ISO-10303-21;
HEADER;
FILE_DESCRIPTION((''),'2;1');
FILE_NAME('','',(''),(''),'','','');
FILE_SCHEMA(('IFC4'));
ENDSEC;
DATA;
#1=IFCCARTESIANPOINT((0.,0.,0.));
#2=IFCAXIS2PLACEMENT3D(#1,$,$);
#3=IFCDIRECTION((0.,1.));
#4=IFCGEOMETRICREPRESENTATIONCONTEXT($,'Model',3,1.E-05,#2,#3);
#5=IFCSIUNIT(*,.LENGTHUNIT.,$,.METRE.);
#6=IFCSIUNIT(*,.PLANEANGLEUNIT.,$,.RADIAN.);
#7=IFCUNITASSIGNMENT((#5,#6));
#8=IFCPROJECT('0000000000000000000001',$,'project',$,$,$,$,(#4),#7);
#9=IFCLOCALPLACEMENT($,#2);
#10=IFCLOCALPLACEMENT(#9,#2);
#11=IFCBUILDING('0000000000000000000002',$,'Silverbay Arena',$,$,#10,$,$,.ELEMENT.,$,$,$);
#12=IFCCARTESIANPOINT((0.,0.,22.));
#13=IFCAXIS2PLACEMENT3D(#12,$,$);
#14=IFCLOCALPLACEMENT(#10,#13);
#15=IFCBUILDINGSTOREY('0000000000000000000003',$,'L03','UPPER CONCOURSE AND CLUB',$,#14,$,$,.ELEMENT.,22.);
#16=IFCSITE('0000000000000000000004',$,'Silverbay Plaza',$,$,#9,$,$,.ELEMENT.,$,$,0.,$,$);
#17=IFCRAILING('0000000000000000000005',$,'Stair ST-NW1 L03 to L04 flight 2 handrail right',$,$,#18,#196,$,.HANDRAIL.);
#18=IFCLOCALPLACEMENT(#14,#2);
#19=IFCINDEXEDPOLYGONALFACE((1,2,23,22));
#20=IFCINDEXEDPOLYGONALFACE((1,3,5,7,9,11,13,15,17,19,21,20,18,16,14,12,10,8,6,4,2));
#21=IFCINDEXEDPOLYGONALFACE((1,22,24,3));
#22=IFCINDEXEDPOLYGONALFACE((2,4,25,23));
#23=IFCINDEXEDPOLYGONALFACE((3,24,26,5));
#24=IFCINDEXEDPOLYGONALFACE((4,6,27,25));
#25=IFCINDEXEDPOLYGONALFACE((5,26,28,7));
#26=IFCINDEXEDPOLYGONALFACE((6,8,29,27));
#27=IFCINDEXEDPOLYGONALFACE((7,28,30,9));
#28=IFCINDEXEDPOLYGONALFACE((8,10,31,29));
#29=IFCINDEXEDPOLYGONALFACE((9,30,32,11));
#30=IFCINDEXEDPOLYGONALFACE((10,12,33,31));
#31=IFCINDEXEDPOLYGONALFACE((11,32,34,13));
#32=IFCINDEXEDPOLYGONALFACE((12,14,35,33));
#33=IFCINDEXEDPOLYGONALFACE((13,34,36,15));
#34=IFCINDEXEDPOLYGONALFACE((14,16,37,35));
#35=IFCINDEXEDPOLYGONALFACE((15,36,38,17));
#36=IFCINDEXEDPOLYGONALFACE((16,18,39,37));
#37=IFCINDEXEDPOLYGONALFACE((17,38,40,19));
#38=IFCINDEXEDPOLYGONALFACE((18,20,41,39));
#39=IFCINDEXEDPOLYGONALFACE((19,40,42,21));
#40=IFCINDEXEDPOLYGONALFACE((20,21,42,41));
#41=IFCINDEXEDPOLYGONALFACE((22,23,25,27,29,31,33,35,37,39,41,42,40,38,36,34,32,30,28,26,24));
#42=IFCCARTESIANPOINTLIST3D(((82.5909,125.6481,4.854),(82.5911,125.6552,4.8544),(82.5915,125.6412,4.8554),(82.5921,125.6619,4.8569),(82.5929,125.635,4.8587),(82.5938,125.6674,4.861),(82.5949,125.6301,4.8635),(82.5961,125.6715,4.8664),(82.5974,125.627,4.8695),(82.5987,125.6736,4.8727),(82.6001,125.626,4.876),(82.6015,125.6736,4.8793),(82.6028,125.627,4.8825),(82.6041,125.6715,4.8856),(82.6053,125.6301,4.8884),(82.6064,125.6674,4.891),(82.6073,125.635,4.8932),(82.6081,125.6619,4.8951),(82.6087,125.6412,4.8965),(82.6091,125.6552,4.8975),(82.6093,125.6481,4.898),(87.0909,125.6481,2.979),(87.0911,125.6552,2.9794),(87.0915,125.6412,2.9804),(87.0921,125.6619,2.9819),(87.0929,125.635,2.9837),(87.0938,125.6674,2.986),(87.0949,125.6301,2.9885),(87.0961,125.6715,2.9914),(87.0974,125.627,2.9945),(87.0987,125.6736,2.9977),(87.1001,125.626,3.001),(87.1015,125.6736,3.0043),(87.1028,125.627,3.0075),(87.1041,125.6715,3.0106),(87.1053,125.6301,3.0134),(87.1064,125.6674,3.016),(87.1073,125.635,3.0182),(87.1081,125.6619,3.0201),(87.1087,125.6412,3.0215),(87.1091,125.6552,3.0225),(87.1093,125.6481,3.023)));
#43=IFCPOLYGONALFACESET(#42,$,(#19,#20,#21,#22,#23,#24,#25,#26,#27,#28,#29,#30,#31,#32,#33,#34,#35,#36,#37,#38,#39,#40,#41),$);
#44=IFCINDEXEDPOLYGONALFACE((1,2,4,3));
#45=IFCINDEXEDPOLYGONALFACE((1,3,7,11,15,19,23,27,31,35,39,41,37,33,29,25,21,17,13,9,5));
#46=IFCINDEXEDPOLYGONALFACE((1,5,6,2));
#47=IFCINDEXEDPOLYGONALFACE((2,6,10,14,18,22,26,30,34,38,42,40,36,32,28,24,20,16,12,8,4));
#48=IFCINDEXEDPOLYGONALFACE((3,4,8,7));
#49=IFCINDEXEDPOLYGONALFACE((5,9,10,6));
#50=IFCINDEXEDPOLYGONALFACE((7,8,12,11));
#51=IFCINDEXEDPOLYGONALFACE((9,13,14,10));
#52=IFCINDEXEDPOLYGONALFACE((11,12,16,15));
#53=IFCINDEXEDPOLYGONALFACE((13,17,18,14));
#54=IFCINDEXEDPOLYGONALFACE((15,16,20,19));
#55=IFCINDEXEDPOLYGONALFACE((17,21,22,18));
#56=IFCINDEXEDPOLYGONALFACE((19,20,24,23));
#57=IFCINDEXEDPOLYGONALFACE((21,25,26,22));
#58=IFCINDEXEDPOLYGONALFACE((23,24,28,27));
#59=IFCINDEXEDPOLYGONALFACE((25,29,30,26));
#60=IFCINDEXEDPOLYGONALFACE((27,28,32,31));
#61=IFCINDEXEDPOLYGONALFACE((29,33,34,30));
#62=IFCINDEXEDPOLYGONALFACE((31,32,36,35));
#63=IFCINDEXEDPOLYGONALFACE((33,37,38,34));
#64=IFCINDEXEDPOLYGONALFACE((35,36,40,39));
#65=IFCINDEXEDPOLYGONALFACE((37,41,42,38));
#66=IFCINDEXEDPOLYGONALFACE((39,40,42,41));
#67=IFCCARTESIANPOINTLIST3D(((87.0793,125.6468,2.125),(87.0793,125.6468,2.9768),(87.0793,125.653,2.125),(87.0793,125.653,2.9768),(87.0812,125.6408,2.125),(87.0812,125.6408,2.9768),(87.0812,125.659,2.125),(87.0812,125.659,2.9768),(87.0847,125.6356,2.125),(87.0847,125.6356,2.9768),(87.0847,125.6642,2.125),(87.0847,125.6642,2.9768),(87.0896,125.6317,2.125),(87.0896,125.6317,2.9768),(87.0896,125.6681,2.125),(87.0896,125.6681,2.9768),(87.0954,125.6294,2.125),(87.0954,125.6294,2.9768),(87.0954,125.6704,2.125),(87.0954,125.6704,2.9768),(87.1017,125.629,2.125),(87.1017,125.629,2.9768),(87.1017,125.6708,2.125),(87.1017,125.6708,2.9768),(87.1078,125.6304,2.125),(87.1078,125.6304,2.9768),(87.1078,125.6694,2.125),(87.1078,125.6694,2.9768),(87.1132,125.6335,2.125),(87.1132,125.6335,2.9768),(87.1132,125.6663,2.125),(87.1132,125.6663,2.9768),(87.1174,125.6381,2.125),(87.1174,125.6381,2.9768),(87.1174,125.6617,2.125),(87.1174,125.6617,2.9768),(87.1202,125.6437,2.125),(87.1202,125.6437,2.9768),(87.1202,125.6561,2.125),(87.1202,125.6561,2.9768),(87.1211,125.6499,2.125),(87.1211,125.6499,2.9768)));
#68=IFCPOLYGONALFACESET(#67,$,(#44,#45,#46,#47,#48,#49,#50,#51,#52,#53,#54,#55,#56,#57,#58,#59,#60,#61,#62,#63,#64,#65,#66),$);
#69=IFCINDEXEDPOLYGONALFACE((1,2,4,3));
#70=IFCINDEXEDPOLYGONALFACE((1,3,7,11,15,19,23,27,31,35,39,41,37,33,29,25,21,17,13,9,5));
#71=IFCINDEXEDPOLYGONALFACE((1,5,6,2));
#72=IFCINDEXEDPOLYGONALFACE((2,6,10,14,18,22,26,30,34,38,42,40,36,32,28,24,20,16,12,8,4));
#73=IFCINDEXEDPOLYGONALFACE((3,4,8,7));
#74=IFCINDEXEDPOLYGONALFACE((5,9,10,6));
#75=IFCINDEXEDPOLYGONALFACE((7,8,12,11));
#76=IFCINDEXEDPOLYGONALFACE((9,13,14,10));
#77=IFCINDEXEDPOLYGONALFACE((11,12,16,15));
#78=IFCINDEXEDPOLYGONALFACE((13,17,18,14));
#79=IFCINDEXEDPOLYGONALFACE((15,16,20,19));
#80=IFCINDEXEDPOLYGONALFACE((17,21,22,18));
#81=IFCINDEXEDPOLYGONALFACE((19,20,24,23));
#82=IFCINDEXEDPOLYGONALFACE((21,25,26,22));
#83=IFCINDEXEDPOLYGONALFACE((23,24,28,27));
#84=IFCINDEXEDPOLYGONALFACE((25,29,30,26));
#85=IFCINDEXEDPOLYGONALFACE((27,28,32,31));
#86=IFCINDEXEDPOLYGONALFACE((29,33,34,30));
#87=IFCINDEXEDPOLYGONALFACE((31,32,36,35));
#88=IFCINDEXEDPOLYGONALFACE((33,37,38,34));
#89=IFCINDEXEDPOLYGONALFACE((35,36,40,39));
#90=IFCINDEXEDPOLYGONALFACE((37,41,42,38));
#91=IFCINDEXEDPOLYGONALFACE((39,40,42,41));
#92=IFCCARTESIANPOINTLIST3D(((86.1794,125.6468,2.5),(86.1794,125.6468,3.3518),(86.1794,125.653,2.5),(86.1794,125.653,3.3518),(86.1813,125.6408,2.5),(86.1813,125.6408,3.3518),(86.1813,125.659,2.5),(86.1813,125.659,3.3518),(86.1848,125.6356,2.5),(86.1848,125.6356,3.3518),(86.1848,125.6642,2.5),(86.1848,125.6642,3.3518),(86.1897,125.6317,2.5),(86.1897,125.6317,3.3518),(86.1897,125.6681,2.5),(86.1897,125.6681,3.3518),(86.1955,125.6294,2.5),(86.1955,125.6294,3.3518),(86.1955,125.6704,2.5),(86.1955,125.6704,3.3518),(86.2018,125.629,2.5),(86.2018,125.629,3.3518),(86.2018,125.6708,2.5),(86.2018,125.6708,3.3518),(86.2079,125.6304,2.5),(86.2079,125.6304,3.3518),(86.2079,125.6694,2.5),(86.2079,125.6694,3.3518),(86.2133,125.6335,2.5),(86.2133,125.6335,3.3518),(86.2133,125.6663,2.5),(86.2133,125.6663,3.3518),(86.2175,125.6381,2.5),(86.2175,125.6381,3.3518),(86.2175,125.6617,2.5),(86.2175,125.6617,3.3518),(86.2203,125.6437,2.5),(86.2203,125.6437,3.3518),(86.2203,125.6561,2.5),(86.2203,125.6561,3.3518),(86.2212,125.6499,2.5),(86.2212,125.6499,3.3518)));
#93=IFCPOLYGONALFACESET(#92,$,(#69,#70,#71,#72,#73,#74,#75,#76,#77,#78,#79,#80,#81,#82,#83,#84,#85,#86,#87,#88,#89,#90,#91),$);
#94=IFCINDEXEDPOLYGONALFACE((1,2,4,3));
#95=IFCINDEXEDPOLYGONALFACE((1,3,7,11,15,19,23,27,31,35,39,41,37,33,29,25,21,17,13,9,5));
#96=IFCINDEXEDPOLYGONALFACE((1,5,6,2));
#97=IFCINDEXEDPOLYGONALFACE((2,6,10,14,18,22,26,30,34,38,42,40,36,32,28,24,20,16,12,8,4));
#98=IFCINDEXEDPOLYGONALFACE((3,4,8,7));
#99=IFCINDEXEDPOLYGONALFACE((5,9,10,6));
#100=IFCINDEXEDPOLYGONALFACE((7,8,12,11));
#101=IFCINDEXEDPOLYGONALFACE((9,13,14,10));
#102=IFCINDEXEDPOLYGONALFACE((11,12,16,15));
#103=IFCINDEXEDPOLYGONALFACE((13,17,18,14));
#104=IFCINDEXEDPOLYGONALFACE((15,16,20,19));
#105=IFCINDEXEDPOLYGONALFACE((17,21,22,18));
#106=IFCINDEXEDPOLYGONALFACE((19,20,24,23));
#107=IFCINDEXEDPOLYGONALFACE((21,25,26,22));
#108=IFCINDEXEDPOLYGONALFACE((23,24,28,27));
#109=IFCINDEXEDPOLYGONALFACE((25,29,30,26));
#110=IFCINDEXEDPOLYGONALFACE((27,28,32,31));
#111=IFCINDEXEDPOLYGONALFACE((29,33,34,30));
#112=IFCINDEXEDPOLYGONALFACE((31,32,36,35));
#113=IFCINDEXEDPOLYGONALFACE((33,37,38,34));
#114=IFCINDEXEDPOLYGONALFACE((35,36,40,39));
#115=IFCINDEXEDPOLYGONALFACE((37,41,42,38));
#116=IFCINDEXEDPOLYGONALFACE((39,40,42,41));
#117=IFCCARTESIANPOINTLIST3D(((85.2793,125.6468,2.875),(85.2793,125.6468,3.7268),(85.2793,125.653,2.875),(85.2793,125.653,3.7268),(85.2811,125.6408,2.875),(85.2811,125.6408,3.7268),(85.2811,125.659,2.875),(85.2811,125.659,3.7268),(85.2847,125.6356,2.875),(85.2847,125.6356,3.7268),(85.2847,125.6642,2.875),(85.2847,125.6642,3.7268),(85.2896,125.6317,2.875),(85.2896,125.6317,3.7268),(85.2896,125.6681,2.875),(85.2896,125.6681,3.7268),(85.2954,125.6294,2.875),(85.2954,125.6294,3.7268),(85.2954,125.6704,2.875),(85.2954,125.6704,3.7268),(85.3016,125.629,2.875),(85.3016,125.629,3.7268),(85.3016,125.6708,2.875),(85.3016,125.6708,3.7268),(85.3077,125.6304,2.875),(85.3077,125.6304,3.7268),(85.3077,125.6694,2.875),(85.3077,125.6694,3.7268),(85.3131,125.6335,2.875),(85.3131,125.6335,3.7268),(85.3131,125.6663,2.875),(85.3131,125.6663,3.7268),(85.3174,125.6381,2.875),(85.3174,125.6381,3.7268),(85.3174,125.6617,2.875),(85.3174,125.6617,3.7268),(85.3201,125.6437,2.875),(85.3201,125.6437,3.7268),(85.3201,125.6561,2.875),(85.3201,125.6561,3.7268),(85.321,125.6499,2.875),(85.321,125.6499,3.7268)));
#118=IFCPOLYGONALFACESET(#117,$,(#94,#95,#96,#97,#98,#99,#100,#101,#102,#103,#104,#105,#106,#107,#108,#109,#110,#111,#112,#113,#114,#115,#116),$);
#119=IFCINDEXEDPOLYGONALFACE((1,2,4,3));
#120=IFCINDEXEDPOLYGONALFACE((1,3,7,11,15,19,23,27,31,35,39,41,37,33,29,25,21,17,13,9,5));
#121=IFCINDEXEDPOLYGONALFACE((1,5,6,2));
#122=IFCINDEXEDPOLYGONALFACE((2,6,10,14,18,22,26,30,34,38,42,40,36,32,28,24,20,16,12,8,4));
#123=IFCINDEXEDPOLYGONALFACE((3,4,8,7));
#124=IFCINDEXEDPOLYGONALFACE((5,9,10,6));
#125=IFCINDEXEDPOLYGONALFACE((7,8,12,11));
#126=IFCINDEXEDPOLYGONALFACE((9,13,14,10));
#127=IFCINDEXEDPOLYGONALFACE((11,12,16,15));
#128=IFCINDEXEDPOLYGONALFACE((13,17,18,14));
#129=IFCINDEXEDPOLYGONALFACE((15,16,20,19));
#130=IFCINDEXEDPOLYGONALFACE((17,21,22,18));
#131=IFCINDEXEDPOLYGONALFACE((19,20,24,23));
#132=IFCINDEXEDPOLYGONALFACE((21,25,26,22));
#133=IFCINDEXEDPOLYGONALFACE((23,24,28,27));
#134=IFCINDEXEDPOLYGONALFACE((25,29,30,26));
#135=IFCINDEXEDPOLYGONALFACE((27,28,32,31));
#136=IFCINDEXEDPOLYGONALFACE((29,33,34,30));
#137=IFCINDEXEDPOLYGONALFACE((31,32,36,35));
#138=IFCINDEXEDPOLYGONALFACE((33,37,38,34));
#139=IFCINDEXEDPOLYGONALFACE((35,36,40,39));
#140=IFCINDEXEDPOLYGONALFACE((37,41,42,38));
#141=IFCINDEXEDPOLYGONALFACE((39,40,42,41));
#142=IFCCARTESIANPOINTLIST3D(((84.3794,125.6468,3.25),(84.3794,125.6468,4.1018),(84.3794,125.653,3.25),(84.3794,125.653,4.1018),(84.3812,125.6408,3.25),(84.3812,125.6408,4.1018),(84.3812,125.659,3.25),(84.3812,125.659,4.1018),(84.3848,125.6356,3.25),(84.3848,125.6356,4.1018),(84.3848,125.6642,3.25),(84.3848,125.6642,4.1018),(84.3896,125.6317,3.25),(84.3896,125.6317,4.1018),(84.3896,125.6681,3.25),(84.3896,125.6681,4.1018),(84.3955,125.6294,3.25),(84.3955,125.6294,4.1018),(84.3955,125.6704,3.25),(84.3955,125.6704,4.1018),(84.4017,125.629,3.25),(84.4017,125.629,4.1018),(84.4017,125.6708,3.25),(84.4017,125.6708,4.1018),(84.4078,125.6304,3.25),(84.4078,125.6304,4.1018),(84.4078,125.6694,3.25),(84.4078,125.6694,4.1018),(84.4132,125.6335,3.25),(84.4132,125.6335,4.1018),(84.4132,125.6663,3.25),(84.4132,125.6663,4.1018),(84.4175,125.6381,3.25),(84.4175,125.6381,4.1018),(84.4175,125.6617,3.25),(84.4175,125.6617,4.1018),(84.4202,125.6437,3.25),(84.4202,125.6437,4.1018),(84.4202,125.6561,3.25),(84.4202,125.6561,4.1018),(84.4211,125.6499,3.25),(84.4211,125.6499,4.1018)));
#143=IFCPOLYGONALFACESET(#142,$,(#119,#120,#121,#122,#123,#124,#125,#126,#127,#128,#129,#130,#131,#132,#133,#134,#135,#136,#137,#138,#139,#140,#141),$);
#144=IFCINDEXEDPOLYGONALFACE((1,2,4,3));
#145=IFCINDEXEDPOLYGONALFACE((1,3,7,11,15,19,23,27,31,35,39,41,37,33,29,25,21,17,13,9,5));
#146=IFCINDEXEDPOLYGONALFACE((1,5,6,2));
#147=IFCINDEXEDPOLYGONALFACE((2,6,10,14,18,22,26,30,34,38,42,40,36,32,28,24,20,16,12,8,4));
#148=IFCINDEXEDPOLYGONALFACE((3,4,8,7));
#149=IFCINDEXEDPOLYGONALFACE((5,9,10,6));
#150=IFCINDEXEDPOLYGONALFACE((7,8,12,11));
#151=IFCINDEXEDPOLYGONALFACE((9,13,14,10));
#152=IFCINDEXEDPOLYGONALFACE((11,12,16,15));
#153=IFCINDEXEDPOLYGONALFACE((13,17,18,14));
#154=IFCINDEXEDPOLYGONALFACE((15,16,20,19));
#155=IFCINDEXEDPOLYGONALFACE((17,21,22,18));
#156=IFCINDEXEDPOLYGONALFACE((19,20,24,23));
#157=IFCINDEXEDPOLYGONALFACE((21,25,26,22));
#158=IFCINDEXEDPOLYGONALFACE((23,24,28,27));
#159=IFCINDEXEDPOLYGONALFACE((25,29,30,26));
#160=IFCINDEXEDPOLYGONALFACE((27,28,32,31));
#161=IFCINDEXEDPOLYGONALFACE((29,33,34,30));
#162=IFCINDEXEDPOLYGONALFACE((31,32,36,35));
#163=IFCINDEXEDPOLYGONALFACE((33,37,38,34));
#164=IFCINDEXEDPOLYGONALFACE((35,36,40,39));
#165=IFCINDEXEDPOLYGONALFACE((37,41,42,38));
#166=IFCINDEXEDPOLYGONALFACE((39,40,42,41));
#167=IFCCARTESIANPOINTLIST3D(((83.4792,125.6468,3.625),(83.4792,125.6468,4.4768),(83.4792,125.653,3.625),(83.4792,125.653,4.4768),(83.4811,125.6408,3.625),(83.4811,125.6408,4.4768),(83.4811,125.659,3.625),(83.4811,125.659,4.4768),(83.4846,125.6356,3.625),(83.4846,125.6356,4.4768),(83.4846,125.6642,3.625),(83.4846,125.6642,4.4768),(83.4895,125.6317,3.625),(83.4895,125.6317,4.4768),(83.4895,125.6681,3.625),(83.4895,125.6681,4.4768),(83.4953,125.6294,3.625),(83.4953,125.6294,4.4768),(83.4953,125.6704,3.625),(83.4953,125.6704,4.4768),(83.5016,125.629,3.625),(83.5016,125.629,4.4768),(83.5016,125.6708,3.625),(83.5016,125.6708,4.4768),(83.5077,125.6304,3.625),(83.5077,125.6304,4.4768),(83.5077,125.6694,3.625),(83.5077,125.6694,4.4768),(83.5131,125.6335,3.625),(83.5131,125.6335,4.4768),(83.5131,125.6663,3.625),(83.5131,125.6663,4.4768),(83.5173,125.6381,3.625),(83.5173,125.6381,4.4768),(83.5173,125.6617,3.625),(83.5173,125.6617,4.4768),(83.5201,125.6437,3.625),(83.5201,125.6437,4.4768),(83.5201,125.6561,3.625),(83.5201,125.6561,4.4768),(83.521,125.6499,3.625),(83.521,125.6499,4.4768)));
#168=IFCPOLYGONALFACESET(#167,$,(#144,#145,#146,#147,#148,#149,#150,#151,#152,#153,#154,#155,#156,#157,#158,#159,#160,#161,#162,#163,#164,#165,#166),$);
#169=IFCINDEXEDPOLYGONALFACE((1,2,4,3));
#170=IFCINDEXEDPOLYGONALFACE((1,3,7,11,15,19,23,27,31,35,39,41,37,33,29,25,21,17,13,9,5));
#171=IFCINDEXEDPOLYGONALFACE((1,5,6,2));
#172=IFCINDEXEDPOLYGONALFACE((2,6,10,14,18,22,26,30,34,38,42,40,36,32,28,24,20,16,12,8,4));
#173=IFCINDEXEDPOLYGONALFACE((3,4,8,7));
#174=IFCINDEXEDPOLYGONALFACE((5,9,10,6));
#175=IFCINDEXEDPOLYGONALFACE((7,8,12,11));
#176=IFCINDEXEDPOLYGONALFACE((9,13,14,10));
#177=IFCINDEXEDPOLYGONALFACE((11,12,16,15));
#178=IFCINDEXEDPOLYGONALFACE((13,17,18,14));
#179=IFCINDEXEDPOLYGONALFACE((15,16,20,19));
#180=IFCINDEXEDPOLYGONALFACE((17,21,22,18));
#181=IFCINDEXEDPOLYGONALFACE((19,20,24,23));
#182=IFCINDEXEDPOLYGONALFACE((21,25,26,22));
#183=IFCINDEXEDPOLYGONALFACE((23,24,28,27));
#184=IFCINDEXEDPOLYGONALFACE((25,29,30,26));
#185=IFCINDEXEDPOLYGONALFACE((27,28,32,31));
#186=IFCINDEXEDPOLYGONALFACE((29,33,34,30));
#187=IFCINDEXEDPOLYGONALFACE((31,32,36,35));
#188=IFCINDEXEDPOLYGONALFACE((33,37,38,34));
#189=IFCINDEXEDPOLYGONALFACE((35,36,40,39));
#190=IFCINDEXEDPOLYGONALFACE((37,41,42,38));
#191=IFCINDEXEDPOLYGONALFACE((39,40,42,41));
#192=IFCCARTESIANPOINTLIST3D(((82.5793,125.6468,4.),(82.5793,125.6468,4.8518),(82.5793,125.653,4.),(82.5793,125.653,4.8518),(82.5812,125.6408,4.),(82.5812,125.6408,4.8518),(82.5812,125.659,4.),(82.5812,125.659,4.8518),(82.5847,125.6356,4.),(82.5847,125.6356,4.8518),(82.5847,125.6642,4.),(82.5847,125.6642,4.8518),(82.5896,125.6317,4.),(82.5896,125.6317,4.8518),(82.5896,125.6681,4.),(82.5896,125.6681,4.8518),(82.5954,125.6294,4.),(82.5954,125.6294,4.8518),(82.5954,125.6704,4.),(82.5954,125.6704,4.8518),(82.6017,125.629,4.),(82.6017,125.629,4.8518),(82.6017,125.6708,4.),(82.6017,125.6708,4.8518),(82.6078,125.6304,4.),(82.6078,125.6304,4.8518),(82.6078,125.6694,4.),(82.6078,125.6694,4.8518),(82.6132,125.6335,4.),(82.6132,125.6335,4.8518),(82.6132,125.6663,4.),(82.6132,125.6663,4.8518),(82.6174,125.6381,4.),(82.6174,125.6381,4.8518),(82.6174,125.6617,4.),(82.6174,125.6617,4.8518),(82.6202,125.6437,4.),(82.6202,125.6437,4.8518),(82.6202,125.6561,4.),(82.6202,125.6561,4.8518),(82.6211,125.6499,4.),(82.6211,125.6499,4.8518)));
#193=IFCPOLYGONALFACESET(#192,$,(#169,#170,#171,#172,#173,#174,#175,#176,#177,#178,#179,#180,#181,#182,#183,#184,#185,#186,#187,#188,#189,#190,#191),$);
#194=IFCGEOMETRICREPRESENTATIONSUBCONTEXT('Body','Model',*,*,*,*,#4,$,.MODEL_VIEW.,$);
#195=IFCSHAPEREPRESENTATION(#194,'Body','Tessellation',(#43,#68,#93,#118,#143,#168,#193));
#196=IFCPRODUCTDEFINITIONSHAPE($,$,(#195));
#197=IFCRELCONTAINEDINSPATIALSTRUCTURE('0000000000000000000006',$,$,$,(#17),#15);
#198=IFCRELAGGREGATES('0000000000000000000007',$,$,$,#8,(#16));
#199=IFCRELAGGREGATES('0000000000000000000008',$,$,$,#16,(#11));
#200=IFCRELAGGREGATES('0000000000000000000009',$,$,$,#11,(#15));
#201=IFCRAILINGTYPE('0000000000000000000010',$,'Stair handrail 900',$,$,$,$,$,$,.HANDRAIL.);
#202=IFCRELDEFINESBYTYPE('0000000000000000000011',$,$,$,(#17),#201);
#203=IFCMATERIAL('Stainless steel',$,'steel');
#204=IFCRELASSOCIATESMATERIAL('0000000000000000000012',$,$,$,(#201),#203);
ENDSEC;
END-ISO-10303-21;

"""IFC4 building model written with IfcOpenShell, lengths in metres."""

from ifc_helpers import new_model, si_unit, direction, frame, origin, origin_2d, place, context, subcontext, project, spatial, circle, extrude, material, type_object, element, save


model = new_model("IFC4")

# Units and contexts
model_context = context("Model", 3, precision=1e-05, world=origin(), true_north=direction((0.0, 1.0)))
body_context = subcontext(model_context, "Body", "Model", "MODEL_VIEW")
ifc_project = project(units=[si_unit("LENGTHUNIT", "METRE"), si_unit("PLANEANGLEUNIT", "RADIAN")], contexts=[model_context])

# Site, building, storey
site_placement = place(None, origin())
site = spatial("IfcSite", under=ifc_project, at=site_placement, Name="Silverbay Plaza", CompositionType="ELEMENT", RefElevation=0.0)
building_placement = place(site_placement, origin())
building = spatial("IfcBuilding", under=site, at=building_placement, Name="Silverbay Arena", CompositionType="ELEMENT")
storey_placement = place(building_placement, frame((0.0, 0.0, 22.0)))
storey = spatial("IfcBuildingStorey", under=building, at=storey_placement, Name="L03", Description="UPPER CONCOURSE AND CLUB", CompositionType="ELEMENT", Elevation=22.0)

# Railing
ifc_material_1 = material(Name="Stainless steel", Category="steel")
railing_type_1 = type_object("IfcRailingType", Name="Stair handrail 900", PredefinedType="HANDRAIL", material=ifc_material_1)
for number, where, name in (
    (1, (87.1001, 125.6499, 2.125), "Stair ST-NW1 L03 to L04 flight 2 handrail right"),
):
    element("IfcRailing", number, at=place(storey_placement, frame(where)), inside=storey, type_object=railing_type_1, Name=name, PredefinedType="HANDRAIL", context=body_context, shape_type="SweptSolid", body=[
        extrude(circle(Radius=0.0239, at=origin_2d()), frame((0.0, 0.0, 0.876), z_axis=(-0.923077, 0.0, 0.384615), x_axis=(0.0, -1.0, 0.0)), (0.0, 0.0, 1.0), 4.875),
        extrude(circle(Radius=0.021, at=origin_2d()), origin(), (0.0, 0.0, 1.0), 0.8518),
        extrude(circle(Radius=0.021, at=origin_2d()), frame((-0.8999, 0.0, 0.375)), (0.0, 0.0, 1.0), 0.8518),
        extrude(circle(Radius=0.021, at=origin_2d()), frame((-1.8, 0.0, 0.75)), (0.0, 0.0, 1.0), 0.8518),
        extrude(circle(Radius=0.021, at=origin_2d()), frame((-2.7, 0.0, 1.125)), (0.0, 0.0, 1.0), 0.8518),
        extrude(circle(Radius=0.021, at=origin_2d()), frame((-3.6001, 0.0, 1.5)), (0.0, 0.0, 1.0), 0.8518),
        extrude(circle(Radius=0.021, at=origin_2d()), frame((-4.5, 0.0, 1.875)), (0.0, 0.0, 1.0), 0.8518),
    ])

save(model, "model.ifc")
